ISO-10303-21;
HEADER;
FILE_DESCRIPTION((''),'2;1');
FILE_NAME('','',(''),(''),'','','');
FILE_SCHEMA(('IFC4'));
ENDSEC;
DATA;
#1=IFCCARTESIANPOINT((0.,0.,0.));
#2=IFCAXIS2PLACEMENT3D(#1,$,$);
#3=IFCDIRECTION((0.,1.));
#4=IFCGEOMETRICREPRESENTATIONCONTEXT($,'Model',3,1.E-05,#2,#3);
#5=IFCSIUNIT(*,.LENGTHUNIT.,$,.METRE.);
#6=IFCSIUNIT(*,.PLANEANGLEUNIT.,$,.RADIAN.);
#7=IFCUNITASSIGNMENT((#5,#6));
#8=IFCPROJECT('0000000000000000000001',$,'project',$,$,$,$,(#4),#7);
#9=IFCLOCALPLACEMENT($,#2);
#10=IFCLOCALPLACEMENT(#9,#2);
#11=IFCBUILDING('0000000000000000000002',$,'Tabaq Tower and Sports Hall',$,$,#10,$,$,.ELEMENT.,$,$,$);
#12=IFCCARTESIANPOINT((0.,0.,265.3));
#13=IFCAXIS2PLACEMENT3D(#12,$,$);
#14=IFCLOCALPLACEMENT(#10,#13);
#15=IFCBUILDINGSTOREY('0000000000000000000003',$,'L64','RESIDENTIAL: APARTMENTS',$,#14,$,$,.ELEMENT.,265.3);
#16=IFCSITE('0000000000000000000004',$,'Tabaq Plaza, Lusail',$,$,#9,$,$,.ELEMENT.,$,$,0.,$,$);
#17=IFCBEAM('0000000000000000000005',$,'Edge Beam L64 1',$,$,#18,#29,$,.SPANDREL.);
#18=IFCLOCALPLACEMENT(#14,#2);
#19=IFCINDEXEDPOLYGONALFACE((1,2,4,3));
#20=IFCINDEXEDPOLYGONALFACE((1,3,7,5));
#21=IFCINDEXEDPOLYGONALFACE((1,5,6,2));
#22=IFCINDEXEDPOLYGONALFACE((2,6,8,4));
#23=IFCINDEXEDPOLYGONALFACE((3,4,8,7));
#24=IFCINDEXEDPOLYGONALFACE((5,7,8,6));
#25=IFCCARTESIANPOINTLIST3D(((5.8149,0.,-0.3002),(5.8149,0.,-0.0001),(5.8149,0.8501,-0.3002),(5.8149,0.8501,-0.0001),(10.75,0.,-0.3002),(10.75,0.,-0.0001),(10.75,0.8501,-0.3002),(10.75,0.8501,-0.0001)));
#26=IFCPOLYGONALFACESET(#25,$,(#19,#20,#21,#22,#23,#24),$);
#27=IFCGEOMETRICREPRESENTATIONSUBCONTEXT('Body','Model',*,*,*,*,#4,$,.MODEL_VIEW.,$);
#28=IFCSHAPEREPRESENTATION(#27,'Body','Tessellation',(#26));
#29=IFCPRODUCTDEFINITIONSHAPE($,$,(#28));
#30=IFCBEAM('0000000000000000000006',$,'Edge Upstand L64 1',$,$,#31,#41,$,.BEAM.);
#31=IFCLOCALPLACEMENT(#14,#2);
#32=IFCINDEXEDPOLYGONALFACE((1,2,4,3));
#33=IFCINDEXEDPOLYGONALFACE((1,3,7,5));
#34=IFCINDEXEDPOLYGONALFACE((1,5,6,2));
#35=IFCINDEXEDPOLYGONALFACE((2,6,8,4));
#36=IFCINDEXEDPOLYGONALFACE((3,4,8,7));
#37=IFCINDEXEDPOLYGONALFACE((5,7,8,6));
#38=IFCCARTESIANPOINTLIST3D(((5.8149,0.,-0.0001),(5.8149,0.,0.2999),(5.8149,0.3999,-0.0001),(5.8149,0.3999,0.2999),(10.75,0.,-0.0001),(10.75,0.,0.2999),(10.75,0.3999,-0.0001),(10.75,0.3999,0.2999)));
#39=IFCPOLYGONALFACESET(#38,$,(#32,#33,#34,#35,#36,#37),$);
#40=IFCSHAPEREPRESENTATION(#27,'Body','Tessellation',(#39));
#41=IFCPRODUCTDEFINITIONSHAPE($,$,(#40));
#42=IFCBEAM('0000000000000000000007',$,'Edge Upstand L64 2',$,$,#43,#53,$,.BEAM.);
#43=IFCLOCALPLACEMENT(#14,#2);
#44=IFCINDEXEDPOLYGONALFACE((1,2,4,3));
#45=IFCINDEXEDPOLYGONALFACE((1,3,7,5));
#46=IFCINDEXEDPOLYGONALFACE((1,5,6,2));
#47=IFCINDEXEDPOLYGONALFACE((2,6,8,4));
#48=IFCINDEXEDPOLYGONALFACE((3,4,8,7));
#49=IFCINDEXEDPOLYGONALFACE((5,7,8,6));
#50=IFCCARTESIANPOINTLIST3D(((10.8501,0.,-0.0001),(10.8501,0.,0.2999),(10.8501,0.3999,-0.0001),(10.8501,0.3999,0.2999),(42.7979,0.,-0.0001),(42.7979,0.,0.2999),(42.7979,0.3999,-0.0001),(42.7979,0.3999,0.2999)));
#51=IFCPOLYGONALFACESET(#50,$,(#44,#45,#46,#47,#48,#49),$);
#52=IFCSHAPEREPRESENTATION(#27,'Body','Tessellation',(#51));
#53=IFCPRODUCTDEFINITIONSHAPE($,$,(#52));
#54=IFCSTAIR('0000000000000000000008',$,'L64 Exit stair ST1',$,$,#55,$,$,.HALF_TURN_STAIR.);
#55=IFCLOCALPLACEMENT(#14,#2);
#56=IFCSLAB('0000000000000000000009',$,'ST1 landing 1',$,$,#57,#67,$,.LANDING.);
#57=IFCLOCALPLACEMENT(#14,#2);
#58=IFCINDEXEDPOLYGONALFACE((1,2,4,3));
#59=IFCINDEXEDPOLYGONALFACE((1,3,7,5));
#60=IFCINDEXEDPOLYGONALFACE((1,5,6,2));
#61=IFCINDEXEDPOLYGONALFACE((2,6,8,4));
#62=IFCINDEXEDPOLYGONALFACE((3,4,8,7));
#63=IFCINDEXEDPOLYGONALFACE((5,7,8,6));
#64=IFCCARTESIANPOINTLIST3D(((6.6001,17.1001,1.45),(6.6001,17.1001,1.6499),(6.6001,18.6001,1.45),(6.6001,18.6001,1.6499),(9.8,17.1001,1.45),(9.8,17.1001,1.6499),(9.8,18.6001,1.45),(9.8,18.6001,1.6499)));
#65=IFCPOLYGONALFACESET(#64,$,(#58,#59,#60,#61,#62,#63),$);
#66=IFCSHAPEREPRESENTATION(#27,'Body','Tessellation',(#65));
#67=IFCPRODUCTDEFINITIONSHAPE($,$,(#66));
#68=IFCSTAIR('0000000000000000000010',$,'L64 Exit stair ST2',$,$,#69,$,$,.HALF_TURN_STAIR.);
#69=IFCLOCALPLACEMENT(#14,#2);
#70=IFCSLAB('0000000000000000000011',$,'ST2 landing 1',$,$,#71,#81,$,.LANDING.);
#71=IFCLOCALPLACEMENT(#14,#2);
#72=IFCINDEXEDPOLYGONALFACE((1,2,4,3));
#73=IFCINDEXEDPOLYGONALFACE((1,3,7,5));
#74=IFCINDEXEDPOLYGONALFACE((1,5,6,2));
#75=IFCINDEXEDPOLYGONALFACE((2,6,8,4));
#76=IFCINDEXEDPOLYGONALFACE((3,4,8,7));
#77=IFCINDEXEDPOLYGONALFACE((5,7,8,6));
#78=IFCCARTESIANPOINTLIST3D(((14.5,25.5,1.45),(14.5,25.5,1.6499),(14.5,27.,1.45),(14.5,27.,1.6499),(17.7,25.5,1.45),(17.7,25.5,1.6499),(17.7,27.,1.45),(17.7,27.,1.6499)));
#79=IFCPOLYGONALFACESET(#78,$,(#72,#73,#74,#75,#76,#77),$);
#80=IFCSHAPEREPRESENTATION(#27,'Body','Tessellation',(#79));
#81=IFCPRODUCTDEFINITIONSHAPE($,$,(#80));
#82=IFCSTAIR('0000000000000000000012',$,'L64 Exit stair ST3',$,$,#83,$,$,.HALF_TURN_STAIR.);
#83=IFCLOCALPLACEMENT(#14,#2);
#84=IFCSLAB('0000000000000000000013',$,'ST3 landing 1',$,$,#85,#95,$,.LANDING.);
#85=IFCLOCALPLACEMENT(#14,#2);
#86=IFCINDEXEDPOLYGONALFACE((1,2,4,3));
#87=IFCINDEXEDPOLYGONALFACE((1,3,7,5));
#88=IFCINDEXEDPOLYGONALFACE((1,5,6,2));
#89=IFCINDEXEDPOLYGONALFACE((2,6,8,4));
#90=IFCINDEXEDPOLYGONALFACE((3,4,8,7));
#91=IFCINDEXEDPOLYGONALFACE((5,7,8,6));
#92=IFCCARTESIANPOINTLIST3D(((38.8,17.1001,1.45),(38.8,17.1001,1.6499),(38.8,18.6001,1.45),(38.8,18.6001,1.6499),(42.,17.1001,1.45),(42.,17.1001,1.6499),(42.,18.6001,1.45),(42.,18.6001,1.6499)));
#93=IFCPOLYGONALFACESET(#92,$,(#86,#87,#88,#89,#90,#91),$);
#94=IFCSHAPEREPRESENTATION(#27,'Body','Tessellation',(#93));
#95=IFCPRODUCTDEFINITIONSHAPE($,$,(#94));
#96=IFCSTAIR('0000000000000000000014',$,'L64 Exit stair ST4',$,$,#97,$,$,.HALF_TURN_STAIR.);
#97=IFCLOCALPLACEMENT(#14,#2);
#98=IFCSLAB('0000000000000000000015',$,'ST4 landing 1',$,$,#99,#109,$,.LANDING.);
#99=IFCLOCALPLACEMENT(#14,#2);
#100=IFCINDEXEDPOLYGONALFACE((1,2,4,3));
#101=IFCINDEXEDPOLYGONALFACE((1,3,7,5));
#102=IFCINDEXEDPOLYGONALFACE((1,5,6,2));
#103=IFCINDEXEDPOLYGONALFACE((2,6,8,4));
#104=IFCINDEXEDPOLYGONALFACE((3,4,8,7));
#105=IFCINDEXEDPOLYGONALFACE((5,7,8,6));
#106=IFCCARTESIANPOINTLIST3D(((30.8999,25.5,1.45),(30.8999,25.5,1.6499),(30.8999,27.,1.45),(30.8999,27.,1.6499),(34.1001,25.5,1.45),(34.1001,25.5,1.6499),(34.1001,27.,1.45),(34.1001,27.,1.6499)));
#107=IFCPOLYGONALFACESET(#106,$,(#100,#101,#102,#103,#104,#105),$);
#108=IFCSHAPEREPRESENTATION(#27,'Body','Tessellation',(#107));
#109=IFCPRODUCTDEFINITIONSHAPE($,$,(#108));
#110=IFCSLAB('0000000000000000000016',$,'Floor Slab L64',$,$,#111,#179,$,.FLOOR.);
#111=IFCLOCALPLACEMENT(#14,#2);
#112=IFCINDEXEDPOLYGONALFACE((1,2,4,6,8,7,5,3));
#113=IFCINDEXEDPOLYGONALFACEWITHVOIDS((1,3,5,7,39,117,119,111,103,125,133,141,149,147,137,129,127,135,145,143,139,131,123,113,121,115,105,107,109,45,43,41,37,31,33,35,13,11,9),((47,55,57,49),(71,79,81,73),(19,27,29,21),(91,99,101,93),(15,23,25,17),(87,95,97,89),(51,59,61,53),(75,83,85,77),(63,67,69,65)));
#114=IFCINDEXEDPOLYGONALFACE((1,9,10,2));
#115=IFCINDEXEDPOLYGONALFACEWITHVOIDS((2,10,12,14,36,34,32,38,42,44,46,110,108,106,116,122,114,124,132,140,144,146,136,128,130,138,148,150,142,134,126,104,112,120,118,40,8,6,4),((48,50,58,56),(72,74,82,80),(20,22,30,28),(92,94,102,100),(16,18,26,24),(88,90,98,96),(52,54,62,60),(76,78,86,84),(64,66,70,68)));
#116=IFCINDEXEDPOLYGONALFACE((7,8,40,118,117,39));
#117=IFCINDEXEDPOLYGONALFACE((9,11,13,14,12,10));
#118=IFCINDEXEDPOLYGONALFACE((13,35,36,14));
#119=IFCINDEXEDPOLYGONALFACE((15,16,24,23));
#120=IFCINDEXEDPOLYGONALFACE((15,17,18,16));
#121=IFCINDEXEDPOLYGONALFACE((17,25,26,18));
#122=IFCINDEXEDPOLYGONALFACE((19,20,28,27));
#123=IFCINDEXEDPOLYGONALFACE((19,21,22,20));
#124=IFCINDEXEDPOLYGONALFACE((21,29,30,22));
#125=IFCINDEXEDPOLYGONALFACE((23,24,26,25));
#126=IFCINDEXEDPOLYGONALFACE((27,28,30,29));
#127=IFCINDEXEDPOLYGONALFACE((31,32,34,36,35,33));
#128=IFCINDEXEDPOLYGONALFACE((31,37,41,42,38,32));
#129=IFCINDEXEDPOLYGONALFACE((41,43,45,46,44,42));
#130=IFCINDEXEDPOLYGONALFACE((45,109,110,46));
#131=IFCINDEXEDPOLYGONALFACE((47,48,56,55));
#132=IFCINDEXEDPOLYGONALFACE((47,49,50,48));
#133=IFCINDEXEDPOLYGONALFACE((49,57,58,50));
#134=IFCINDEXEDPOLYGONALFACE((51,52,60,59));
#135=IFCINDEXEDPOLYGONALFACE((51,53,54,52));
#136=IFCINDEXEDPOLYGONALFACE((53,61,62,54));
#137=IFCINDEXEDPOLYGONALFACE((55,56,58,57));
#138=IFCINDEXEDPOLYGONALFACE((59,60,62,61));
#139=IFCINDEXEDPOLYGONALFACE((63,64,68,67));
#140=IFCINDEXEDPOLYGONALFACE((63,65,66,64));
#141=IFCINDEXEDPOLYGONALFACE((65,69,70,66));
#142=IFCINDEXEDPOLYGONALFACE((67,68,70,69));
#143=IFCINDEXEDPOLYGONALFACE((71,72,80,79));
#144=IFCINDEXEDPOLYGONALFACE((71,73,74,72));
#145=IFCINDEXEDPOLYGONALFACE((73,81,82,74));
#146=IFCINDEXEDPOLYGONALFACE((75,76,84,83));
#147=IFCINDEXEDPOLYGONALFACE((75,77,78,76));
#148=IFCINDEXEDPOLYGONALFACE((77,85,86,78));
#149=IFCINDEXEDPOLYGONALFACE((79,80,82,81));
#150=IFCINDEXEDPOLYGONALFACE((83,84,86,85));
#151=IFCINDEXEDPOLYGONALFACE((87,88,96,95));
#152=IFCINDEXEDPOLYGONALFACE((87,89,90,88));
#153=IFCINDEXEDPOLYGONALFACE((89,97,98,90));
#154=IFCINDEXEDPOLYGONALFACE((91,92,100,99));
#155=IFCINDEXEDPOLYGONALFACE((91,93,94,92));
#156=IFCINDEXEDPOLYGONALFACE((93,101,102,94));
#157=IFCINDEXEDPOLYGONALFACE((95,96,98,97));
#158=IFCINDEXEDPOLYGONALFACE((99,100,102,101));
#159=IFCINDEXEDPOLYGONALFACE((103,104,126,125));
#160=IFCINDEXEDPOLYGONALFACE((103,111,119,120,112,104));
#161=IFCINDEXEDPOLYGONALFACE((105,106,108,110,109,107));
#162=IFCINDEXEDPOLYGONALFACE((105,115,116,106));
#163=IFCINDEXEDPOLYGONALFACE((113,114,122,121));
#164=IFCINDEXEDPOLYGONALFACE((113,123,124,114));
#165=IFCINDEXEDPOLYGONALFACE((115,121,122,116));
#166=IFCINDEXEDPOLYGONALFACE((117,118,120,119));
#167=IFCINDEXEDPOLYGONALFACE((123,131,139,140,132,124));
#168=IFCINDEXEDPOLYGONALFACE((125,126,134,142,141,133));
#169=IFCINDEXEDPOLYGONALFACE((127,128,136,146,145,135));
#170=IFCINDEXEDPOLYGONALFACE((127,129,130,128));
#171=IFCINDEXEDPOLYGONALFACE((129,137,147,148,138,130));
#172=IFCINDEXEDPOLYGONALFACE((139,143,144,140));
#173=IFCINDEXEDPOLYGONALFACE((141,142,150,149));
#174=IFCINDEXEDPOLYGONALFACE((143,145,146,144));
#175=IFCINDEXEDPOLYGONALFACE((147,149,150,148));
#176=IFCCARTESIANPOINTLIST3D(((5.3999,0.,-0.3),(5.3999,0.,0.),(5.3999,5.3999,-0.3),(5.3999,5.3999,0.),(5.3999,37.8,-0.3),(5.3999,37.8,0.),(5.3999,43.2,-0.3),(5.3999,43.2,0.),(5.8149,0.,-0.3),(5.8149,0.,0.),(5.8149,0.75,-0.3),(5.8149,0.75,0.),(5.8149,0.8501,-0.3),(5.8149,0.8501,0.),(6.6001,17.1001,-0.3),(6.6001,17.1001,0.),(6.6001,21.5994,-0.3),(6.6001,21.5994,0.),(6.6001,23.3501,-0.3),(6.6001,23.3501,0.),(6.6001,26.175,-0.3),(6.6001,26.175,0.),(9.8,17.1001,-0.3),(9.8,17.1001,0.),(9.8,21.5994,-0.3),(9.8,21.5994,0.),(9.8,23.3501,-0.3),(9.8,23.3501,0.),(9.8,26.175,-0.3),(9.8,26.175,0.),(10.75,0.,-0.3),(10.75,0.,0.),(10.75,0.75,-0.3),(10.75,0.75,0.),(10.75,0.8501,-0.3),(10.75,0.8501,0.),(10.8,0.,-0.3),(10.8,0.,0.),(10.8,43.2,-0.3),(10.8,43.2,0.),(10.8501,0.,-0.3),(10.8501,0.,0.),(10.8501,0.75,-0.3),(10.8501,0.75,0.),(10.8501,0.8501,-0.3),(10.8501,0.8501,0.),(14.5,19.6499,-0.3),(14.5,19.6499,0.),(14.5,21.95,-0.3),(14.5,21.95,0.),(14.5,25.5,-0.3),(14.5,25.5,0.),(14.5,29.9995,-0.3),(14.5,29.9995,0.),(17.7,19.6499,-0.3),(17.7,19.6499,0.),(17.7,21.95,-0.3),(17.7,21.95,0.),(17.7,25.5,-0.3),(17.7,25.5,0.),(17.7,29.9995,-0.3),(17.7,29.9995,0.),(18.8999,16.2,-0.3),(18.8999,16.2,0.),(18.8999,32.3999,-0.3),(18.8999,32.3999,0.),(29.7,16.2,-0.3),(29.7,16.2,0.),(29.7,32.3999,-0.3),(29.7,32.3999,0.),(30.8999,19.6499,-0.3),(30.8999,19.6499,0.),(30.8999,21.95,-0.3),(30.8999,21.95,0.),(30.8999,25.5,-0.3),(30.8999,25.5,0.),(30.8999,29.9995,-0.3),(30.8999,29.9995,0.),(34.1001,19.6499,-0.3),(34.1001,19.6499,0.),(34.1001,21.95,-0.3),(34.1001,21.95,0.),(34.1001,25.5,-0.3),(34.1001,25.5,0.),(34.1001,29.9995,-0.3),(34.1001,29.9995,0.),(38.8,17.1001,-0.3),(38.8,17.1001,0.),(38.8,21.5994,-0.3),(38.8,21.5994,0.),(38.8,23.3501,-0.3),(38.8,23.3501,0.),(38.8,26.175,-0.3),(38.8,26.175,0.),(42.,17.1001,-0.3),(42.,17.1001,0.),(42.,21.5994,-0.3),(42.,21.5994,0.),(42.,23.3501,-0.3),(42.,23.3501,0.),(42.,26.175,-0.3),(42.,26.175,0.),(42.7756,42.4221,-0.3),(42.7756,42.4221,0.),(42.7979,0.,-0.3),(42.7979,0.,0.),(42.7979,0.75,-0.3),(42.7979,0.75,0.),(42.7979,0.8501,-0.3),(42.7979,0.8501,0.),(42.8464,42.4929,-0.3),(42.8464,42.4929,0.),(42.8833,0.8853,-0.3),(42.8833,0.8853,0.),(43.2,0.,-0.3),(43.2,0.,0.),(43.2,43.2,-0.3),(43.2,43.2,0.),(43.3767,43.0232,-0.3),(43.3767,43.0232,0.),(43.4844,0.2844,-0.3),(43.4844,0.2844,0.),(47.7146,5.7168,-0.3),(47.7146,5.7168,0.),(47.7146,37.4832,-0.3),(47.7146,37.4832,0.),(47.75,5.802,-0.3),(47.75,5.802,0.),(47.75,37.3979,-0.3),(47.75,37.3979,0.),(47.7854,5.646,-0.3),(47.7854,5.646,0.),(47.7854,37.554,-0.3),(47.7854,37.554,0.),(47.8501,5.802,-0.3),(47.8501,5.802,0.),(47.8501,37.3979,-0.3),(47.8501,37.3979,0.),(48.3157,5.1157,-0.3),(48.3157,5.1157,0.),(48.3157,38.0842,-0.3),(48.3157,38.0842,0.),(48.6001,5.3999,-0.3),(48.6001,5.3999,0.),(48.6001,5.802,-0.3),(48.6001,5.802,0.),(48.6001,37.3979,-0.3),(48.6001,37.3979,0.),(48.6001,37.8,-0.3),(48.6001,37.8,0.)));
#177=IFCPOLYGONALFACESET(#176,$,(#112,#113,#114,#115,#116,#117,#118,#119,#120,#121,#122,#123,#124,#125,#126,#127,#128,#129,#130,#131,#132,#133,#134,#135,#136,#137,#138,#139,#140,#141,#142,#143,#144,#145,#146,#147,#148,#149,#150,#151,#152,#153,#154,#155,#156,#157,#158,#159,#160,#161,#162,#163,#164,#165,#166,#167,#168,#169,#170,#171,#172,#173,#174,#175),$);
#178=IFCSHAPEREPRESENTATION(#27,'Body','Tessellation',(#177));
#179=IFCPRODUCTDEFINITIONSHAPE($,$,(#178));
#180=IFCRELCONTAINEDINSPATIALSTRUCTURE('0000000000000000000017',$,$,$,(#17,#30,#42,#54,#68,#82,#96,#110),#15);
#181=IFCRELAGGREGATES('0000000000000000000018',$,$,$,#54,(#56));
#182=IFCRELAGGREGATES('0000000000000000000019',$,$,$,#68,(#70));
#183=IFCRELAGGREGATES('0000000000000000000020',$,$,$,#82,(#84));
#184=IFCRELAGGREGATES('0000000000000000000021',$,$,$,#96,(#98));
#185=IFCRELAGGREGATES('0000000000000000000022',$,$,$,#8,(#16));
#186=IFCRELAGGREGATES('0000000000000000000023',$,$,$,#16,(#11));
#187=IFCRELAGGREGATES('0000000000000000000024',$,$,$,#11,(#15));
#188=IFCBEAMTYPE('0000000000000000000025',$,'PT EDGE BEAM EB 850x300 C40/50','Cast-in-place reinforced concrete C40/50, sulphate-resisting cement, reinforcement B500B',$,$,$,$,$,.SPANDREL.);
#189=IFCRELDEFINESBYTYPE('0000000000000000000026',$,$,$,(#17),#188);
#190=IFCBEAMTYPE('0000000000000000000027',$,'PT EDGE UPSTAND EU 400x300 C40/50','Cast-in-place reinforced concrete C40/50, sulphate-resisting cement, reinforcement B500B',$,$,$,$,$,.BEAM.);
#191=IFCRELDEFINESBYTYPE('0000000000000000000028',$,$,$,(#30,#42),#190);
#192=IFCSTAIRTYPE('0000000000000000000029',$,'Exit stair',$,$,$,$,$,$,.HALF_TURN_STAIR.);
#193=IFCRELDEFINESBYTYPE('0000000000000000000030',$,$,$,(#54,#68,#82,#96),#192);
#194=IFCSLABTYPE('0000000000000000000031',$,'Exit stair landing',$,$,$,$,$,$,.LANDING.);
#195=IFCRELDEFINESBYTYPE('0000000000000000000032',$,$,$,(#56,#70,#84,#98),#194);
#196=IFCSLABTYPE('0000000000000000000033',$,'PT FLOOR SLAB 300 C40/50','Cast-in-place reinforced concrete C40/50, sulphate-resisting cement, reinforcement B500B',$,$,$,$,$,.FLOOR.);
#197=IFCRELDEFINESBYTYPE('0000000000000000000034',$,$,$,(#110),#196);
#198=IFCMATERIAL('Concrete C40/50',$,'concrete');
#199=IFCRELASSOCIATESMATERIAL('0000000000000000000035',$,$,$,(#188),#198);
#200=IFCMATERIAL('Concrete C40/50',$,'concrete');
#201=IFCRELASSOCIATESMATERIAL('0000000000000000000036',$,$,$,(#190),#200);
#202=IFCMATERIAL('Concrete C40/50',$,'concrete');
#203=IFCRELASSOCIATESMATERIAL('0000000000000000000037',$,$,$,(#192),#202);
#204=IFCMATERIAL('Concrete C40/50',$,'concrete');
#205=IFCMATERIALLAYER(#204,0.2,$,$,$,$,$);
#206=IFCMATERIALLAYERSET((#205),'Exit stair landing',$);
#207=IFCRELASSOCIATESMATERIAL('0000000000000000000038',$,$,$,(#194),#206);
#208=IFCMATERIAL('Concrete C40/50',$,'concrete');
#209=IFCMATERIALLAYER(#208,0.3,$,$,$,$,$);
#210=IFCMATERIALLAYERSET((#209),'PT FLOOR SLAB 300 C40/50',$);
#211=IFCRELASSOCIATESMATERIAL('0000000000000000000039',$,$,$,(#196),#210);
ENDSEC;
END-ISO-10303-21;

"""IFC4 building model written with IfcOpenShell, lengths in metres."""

from ifc_helpers import new_model, si_unit, direction, frame, origin, origin_2d, place, context, subcontext, project, spatial, polyline, rectangle, outline, extrude, material, layer, layer_set, material_profile, profile_set, type_object, element, aggregate, save


model = new_model("IFC4")

# Units and contexts
model_context = context("Model", 3, precision=1e-05, world=origin(), true_north=direction((0.0, 1.0)))
body_context = subcontext(model_context, "Body", "Model", "MODEL_VIEW")
ifc_project = project(units=[si_unit("LENGTHUNIT", "METRE"), si_unit("PLANEANGLEUNIT", "RADIAN")], contexts=[model_context])

# Site, building, storey
site_placement = place(None, origin())
site = spatial("IfcSite", under=ifc_project, at=site_placement, Name="Tabaq Plaza, Lusail", CompositionType="ELEMENT", RefElevation=0.0)
building_placement = place(site_placement, origin())
building = spatial("IfcBuilding", under=site, at=building_placement, Name="Tabaq Tower and Sports Hall", CompositionType="ELEMENT")
storey_placement = place(building_placement, frame((0.0, 0.0, 265.3)))
storey = spatial("IfcBuildingStorey", under=building, at=storey_placement, Name="L64", Description="RESIDENTIAL: APARTMENTS", CompositionType="ELEMENT", Elevation=265.3)

# Beams
ifc_material_1 = material(Name="Concrete C40/50", Category="concrete")
ifc_material_profile_1 = material_profile(ifc_material_1, rectangle(XDim=0.8501, YDim=0.3, at=origin_2d()), Name="EB 850x300")
ifc_profile_set_1 = profile_set([ifc_material_profile_1], Name="Concrete C40/50")
beam_type_1 = type_object("IfcBeamType", Name="PT EDGE BEAM EB 850x300 C40/50", Description="Cast-in-place reinforced concrete C40/50, sulphate-resisting cement, reinforcement B500B", PredefinedType="SPANDREL", material=ifc_profile_set_1)
beam_1_placement = place(storey_placement, frame((5.8149, 0.425, -0.1501), z_axis=(1.0, 0.0, 0.0), x_axis=(0.0, 1.0, 0.0)))
element("IfcBeam", 1, at=beam_1_placement, inside=storey, type_object=beam_type_1, Name="Edge Beam L64 1", PredefinedType="SPANDREL", context=body_context, shape_type="SweptSolid", body=[
    extrude(rectangle(XDim=0.8501, YDim=0.3, at=origin_2d()), origin(), (0.0, 0.0, 1.0), 4.9351),
])
ifc_material_2 = material(Name="Concrete C40/50", Category="concrete")
ifc_material_profile_2 = material_profile(ifc_material_2, rectangle(XDim=0.3999, YDim=0.3, at=origin_2d()), Name="EU 400x300")
ifc_profile_set_2 = profile_set([ifc_material_profile_2], Name="Concrete C40/50")
beam_type_2 = type_object("IfcBeamType", Name="PT EDGE UPSTAND EU 400x300 C40/50", Description="Cast-in-place reinforced concrete C40/50, sulphate-resisting cement, reinforcement B500B", PredefinedType="BEAM", material=ifc_profile_set_2)
beam_2_placement = place(storey_placement, frame((5.8149, 0.2, 0.1499), z_axis=(1.0, 0.0, 0.0), x_axis=(0.0, 1.0, 0.0)))
element("IfcBeam", 2, at=beam_2_placement, inside=storey, type_object=beam_type_2, Name="Edge Upstand L64 1", PredefinedType="BEAM", context=body_context, shape_type="SweptSolid", body=[
    extrude(rectangle(XDim=0.3999, YDim=0.3, at=origin_2d()), origin(), (0.0, 0.0, 1.0), 4.9351),
])
beam_3_placement = place(storey_placement, frame((10.8501, 0.2, 0.1499), z_axis=(1.0, 0.0, 0.0), x_axis=(0.0, 1.0, 0.0)))
element("IfcBeam", 3, at=beam_3_placement, inside=storey, type_object=beam_type_2, Name="Edge Upstand L64 2", PredefinedType="BEAM", context=body_context, shape_type="SweptSolid", body=[
    extrude(rectangle(XDim=0.3999, YDim=0.3, at=origin_2d()), origin(), (0.0, 0.0, 1.0), 31.9478),
])

# Stairs, slabs
ifc_material_3 = material(Name="Concrete C40/50", Category="concrete")
stair_type = type_object("IfcStairType", Name="Exit stair", PredefinedType="HALF_TURN_STAIR", material=ifc_material_3)
stair_1_placement = place(storey_placement, origin())
stair_1 = element("IfcStair", 4, at=stair_1_placement, inside=storey, type_object=stair_type, Name="L64 Exit stair ST1", PredefinedType="HALF_TURN_STAIR")
ifc_material_4 = material(Name="Concrete C40/50", Category="concrete")
ifc_layer_1 = layer(ifc_material_4, 0.2)
ifc_layer_set_1 = layer_set([ifc_layer_1], Name="Exit stair landing")
slab_type_1 = type_object("IfcSlabType", Name="Exit stair landing", PredefinedType="LANDING", material=ifc_layer_set_1)
slab_1_placement = place(storey_placement, frame((0.0, 0.0, 1.45)))
slab_1 = element("IfcSlab", 5, at=slab_1_placement, type_object=slab_type_1, Name="ST1 landing 1", PredefinedType="LANDING", context=body_context, shape_type="SweptSolid", body=[
    extrude(outline(polyline([(6.6001, 18.6001), (6.6001, 17.1001), (9.8, 17.1001), (9.8, 18.6001), (6.6001, 18.6001)])), origin(), (0.0, 0.0, 1.0), 0.2),
])
aggregate(stair_1, [slab_1])
stair_2_placement = place(storey_placement, origin())
stair_2 = element("IfcStair", 6, at=stair_2_placement, inside=storey, type_object=stair_type, Name="L64 Exit stair ST2", PredefinedType="HALF_TURN_STAIR")
slab_2_placement = place(storey_placement, frame((0.0, 0.0, 1.45)))
slab_2 = element("IfcSlab", 7, at=slab_2_placement, type_object=slab_type_1, Name="ST2 landing 1", PredefinedType="LANDING", context=body_context, shape_type="SweptSolid", body=[
    extrude(outline(polyline([(14.5, 27.0), (14.5, 25.5), (17.7, 25.5), (17.7, 27.0), (14.5, 27.0)])), origin(), (0.0, 0.0, 1.0), 0.2),
])
aggregate(stair_2, [slab_2])
stair_3_placement = place(storey_placement, origin())
stair_3 = element("IfcStair", 8, at=stair_3_placement, inside=storey, type_object=stair_type, Name="L64 Exit stair ST3", PredefinedType="HALF_TURN_STAIR")
slab_3_placement = place(storey_placement, frame((0.0, 0.0, 1.45)))
slab_3 = element("IfcSlab", 9, at=slab_3_placement, type_object=slab_type_1, Name="ST3 landing 1", PredefinedType="LANDING", context=body_context, shape_type="SweptSolid", body=[
    extrude(outline(polyline([(38.8, 18.6001), (38.8, 17.1001), (42.0, 17.1001), (42.0, 18.6001), (38.8, 18.6001)])), origin(), (0.0, 0.0, 1.0), 0.2),
])
aggregate(stair_3, [slab_3])
stair_4_placement = place(storey_placement, origin())
stair_4 = element("IfcStair", 10, at=stair_4_placement, inside=storey, type_object=stair_type, Name="L64 Exit stair ST4", PredefinedType="HALF_TURN_STAIR")
slab_4_placement = place(storey_placement, frame((0.0, 0.0, 1.45)))
slab_4 = element("IfcSlab", 11, at=slab_4_placement, type_object=slab_type_1, Name="ST4 landing 1", PredefinedType="LANDING", context=body_context, shape_type="SweptSolid", body=[
    extrude(outline(polyline([(30.8999, 27.0), (30.8999, 25.5), (34.1001, 25.5), (34.1001, 27.0), (30.8999, 27.0)])), origin(), (0.0, 0.0, 1.0), 0.2),
])
aggregate(stair_4, [slab_4])

# Slab
ifc_material_5 = material(Name="Concrete C40/50", Category="concrete")
ifc_layer_2 = layer(ifc_material_5, 0.3)
ifc_layer_set_2 = layer_set([ifc_layer_2], Name="PT FLOOR SLAB 300 C40/50")
slab_type_2 = type_object("IfcSlabType", Name="PT FLOOR SLAB 300 C40/50", Description="Cast-in-place reinforced concrete C40/50, sulphate-resisting cement, reinforcement B500B", PredefinedType="FLOOR", material=ifc_layer_set_2)
slab_5_placement = place(storey_placement, frame((0.0, 0.0, -0.3)))
element("IfcSlab", 12, at=slab_5_placement, inside=storey, type_object=slab_type_2, Name="Floor Slab L64", PredefinedType="FLOOR", context=body_context, shape_type="SweptSolid", body=[
    extrude(outline(polyline([(5.3999, 43.2), (5.3999, 37.8), (5.3999, 5.3999), (5.3999, 0.0), (5.8149, 0.0), (5.8149, 0.75), (5.8149, 0.8501), (10.75, 0.8501), (10.75, 0.75), (10.75, 0.0), (10.8, 0.0), (10.8501, 0.0), (10.8501, 0.75), (10.8501, 0.8501), (42.7979, 0.8501), (42.7979, 0.75), (42.7979, 0.0), (43.2, 0.0), (43.4844, 0.2844), (42.8833, 0.8853), (47.7146, 5.7168), (47.7854, 5.646), (48.3157, 5.1157), (48.6001, 5.3999), (48.6001, 5.802), (47.8501, 5.802), (47.75, 5.802), (47.75, 37.3979), (47.8501, 37.3979), (48.6001, 37.3979), (48.6001, 37.8), (48.3157, 38.0842), (47.7854, 37.554), (47.7146, 37.4832), (42.7756, 42.4221), (42.8464, 42.4929), (43.3767, 43.0232), (43.2, 43.2), (10.8, 43.2), (5.3999, 43.2)]), holes=[polyline([(6.6001, 21.5994), (9.8, 21.5994), (9.8, 17.1001), (6.6001, 17.1001), (6.6001, 21.5994)]), polyline([(38.8, 21.5994), (42.0, 21.5994), (42.0, 17.1001), (38.8, 17.1001), (38.8, 21.5994)]), polyline([(14.5, 21.95), (17.7, 21.95), (17.7, 19.6499), (14.5, 19.6499), (14.5, 21.95)]), polyline([(30.8999, 21.95), (34.1001, 21.95), (34.1001, 19.6499), (30.8999, 19.6499), (30.8999, 21.95)]), polyline([(18.8999, 16.2), (18.8999, 32.3999), (29.7, 32.3999), (29.7, 16.2), (18.8999, 16.2)]), polyline([(6.6001, 26.175), (9.8, 26.175), (9.8, 23.3501), (6.6001, 23.3501), (6.6001, 26.175)]), polyline([(38.8, 26.175), (42.0, 26.175), (42.0, 23.3501), (38.8, 23.3501), (38.8, 26.175)]), polyline([(17.7, 29.9995), (17.7, 25.5), (14.5, 25.5), (14.5, 29.9995), (17.7, 29.9995)]), polyline([(34.1001, 29.9995), (34.1001, 25.5), (30.8999, 25.5), (30.8999, 29.9995), (34.1001, 29.9995)])]), origin(), (0.0, 0.0, 1.0), 0.3),
])

save(model, "model.ifc")
